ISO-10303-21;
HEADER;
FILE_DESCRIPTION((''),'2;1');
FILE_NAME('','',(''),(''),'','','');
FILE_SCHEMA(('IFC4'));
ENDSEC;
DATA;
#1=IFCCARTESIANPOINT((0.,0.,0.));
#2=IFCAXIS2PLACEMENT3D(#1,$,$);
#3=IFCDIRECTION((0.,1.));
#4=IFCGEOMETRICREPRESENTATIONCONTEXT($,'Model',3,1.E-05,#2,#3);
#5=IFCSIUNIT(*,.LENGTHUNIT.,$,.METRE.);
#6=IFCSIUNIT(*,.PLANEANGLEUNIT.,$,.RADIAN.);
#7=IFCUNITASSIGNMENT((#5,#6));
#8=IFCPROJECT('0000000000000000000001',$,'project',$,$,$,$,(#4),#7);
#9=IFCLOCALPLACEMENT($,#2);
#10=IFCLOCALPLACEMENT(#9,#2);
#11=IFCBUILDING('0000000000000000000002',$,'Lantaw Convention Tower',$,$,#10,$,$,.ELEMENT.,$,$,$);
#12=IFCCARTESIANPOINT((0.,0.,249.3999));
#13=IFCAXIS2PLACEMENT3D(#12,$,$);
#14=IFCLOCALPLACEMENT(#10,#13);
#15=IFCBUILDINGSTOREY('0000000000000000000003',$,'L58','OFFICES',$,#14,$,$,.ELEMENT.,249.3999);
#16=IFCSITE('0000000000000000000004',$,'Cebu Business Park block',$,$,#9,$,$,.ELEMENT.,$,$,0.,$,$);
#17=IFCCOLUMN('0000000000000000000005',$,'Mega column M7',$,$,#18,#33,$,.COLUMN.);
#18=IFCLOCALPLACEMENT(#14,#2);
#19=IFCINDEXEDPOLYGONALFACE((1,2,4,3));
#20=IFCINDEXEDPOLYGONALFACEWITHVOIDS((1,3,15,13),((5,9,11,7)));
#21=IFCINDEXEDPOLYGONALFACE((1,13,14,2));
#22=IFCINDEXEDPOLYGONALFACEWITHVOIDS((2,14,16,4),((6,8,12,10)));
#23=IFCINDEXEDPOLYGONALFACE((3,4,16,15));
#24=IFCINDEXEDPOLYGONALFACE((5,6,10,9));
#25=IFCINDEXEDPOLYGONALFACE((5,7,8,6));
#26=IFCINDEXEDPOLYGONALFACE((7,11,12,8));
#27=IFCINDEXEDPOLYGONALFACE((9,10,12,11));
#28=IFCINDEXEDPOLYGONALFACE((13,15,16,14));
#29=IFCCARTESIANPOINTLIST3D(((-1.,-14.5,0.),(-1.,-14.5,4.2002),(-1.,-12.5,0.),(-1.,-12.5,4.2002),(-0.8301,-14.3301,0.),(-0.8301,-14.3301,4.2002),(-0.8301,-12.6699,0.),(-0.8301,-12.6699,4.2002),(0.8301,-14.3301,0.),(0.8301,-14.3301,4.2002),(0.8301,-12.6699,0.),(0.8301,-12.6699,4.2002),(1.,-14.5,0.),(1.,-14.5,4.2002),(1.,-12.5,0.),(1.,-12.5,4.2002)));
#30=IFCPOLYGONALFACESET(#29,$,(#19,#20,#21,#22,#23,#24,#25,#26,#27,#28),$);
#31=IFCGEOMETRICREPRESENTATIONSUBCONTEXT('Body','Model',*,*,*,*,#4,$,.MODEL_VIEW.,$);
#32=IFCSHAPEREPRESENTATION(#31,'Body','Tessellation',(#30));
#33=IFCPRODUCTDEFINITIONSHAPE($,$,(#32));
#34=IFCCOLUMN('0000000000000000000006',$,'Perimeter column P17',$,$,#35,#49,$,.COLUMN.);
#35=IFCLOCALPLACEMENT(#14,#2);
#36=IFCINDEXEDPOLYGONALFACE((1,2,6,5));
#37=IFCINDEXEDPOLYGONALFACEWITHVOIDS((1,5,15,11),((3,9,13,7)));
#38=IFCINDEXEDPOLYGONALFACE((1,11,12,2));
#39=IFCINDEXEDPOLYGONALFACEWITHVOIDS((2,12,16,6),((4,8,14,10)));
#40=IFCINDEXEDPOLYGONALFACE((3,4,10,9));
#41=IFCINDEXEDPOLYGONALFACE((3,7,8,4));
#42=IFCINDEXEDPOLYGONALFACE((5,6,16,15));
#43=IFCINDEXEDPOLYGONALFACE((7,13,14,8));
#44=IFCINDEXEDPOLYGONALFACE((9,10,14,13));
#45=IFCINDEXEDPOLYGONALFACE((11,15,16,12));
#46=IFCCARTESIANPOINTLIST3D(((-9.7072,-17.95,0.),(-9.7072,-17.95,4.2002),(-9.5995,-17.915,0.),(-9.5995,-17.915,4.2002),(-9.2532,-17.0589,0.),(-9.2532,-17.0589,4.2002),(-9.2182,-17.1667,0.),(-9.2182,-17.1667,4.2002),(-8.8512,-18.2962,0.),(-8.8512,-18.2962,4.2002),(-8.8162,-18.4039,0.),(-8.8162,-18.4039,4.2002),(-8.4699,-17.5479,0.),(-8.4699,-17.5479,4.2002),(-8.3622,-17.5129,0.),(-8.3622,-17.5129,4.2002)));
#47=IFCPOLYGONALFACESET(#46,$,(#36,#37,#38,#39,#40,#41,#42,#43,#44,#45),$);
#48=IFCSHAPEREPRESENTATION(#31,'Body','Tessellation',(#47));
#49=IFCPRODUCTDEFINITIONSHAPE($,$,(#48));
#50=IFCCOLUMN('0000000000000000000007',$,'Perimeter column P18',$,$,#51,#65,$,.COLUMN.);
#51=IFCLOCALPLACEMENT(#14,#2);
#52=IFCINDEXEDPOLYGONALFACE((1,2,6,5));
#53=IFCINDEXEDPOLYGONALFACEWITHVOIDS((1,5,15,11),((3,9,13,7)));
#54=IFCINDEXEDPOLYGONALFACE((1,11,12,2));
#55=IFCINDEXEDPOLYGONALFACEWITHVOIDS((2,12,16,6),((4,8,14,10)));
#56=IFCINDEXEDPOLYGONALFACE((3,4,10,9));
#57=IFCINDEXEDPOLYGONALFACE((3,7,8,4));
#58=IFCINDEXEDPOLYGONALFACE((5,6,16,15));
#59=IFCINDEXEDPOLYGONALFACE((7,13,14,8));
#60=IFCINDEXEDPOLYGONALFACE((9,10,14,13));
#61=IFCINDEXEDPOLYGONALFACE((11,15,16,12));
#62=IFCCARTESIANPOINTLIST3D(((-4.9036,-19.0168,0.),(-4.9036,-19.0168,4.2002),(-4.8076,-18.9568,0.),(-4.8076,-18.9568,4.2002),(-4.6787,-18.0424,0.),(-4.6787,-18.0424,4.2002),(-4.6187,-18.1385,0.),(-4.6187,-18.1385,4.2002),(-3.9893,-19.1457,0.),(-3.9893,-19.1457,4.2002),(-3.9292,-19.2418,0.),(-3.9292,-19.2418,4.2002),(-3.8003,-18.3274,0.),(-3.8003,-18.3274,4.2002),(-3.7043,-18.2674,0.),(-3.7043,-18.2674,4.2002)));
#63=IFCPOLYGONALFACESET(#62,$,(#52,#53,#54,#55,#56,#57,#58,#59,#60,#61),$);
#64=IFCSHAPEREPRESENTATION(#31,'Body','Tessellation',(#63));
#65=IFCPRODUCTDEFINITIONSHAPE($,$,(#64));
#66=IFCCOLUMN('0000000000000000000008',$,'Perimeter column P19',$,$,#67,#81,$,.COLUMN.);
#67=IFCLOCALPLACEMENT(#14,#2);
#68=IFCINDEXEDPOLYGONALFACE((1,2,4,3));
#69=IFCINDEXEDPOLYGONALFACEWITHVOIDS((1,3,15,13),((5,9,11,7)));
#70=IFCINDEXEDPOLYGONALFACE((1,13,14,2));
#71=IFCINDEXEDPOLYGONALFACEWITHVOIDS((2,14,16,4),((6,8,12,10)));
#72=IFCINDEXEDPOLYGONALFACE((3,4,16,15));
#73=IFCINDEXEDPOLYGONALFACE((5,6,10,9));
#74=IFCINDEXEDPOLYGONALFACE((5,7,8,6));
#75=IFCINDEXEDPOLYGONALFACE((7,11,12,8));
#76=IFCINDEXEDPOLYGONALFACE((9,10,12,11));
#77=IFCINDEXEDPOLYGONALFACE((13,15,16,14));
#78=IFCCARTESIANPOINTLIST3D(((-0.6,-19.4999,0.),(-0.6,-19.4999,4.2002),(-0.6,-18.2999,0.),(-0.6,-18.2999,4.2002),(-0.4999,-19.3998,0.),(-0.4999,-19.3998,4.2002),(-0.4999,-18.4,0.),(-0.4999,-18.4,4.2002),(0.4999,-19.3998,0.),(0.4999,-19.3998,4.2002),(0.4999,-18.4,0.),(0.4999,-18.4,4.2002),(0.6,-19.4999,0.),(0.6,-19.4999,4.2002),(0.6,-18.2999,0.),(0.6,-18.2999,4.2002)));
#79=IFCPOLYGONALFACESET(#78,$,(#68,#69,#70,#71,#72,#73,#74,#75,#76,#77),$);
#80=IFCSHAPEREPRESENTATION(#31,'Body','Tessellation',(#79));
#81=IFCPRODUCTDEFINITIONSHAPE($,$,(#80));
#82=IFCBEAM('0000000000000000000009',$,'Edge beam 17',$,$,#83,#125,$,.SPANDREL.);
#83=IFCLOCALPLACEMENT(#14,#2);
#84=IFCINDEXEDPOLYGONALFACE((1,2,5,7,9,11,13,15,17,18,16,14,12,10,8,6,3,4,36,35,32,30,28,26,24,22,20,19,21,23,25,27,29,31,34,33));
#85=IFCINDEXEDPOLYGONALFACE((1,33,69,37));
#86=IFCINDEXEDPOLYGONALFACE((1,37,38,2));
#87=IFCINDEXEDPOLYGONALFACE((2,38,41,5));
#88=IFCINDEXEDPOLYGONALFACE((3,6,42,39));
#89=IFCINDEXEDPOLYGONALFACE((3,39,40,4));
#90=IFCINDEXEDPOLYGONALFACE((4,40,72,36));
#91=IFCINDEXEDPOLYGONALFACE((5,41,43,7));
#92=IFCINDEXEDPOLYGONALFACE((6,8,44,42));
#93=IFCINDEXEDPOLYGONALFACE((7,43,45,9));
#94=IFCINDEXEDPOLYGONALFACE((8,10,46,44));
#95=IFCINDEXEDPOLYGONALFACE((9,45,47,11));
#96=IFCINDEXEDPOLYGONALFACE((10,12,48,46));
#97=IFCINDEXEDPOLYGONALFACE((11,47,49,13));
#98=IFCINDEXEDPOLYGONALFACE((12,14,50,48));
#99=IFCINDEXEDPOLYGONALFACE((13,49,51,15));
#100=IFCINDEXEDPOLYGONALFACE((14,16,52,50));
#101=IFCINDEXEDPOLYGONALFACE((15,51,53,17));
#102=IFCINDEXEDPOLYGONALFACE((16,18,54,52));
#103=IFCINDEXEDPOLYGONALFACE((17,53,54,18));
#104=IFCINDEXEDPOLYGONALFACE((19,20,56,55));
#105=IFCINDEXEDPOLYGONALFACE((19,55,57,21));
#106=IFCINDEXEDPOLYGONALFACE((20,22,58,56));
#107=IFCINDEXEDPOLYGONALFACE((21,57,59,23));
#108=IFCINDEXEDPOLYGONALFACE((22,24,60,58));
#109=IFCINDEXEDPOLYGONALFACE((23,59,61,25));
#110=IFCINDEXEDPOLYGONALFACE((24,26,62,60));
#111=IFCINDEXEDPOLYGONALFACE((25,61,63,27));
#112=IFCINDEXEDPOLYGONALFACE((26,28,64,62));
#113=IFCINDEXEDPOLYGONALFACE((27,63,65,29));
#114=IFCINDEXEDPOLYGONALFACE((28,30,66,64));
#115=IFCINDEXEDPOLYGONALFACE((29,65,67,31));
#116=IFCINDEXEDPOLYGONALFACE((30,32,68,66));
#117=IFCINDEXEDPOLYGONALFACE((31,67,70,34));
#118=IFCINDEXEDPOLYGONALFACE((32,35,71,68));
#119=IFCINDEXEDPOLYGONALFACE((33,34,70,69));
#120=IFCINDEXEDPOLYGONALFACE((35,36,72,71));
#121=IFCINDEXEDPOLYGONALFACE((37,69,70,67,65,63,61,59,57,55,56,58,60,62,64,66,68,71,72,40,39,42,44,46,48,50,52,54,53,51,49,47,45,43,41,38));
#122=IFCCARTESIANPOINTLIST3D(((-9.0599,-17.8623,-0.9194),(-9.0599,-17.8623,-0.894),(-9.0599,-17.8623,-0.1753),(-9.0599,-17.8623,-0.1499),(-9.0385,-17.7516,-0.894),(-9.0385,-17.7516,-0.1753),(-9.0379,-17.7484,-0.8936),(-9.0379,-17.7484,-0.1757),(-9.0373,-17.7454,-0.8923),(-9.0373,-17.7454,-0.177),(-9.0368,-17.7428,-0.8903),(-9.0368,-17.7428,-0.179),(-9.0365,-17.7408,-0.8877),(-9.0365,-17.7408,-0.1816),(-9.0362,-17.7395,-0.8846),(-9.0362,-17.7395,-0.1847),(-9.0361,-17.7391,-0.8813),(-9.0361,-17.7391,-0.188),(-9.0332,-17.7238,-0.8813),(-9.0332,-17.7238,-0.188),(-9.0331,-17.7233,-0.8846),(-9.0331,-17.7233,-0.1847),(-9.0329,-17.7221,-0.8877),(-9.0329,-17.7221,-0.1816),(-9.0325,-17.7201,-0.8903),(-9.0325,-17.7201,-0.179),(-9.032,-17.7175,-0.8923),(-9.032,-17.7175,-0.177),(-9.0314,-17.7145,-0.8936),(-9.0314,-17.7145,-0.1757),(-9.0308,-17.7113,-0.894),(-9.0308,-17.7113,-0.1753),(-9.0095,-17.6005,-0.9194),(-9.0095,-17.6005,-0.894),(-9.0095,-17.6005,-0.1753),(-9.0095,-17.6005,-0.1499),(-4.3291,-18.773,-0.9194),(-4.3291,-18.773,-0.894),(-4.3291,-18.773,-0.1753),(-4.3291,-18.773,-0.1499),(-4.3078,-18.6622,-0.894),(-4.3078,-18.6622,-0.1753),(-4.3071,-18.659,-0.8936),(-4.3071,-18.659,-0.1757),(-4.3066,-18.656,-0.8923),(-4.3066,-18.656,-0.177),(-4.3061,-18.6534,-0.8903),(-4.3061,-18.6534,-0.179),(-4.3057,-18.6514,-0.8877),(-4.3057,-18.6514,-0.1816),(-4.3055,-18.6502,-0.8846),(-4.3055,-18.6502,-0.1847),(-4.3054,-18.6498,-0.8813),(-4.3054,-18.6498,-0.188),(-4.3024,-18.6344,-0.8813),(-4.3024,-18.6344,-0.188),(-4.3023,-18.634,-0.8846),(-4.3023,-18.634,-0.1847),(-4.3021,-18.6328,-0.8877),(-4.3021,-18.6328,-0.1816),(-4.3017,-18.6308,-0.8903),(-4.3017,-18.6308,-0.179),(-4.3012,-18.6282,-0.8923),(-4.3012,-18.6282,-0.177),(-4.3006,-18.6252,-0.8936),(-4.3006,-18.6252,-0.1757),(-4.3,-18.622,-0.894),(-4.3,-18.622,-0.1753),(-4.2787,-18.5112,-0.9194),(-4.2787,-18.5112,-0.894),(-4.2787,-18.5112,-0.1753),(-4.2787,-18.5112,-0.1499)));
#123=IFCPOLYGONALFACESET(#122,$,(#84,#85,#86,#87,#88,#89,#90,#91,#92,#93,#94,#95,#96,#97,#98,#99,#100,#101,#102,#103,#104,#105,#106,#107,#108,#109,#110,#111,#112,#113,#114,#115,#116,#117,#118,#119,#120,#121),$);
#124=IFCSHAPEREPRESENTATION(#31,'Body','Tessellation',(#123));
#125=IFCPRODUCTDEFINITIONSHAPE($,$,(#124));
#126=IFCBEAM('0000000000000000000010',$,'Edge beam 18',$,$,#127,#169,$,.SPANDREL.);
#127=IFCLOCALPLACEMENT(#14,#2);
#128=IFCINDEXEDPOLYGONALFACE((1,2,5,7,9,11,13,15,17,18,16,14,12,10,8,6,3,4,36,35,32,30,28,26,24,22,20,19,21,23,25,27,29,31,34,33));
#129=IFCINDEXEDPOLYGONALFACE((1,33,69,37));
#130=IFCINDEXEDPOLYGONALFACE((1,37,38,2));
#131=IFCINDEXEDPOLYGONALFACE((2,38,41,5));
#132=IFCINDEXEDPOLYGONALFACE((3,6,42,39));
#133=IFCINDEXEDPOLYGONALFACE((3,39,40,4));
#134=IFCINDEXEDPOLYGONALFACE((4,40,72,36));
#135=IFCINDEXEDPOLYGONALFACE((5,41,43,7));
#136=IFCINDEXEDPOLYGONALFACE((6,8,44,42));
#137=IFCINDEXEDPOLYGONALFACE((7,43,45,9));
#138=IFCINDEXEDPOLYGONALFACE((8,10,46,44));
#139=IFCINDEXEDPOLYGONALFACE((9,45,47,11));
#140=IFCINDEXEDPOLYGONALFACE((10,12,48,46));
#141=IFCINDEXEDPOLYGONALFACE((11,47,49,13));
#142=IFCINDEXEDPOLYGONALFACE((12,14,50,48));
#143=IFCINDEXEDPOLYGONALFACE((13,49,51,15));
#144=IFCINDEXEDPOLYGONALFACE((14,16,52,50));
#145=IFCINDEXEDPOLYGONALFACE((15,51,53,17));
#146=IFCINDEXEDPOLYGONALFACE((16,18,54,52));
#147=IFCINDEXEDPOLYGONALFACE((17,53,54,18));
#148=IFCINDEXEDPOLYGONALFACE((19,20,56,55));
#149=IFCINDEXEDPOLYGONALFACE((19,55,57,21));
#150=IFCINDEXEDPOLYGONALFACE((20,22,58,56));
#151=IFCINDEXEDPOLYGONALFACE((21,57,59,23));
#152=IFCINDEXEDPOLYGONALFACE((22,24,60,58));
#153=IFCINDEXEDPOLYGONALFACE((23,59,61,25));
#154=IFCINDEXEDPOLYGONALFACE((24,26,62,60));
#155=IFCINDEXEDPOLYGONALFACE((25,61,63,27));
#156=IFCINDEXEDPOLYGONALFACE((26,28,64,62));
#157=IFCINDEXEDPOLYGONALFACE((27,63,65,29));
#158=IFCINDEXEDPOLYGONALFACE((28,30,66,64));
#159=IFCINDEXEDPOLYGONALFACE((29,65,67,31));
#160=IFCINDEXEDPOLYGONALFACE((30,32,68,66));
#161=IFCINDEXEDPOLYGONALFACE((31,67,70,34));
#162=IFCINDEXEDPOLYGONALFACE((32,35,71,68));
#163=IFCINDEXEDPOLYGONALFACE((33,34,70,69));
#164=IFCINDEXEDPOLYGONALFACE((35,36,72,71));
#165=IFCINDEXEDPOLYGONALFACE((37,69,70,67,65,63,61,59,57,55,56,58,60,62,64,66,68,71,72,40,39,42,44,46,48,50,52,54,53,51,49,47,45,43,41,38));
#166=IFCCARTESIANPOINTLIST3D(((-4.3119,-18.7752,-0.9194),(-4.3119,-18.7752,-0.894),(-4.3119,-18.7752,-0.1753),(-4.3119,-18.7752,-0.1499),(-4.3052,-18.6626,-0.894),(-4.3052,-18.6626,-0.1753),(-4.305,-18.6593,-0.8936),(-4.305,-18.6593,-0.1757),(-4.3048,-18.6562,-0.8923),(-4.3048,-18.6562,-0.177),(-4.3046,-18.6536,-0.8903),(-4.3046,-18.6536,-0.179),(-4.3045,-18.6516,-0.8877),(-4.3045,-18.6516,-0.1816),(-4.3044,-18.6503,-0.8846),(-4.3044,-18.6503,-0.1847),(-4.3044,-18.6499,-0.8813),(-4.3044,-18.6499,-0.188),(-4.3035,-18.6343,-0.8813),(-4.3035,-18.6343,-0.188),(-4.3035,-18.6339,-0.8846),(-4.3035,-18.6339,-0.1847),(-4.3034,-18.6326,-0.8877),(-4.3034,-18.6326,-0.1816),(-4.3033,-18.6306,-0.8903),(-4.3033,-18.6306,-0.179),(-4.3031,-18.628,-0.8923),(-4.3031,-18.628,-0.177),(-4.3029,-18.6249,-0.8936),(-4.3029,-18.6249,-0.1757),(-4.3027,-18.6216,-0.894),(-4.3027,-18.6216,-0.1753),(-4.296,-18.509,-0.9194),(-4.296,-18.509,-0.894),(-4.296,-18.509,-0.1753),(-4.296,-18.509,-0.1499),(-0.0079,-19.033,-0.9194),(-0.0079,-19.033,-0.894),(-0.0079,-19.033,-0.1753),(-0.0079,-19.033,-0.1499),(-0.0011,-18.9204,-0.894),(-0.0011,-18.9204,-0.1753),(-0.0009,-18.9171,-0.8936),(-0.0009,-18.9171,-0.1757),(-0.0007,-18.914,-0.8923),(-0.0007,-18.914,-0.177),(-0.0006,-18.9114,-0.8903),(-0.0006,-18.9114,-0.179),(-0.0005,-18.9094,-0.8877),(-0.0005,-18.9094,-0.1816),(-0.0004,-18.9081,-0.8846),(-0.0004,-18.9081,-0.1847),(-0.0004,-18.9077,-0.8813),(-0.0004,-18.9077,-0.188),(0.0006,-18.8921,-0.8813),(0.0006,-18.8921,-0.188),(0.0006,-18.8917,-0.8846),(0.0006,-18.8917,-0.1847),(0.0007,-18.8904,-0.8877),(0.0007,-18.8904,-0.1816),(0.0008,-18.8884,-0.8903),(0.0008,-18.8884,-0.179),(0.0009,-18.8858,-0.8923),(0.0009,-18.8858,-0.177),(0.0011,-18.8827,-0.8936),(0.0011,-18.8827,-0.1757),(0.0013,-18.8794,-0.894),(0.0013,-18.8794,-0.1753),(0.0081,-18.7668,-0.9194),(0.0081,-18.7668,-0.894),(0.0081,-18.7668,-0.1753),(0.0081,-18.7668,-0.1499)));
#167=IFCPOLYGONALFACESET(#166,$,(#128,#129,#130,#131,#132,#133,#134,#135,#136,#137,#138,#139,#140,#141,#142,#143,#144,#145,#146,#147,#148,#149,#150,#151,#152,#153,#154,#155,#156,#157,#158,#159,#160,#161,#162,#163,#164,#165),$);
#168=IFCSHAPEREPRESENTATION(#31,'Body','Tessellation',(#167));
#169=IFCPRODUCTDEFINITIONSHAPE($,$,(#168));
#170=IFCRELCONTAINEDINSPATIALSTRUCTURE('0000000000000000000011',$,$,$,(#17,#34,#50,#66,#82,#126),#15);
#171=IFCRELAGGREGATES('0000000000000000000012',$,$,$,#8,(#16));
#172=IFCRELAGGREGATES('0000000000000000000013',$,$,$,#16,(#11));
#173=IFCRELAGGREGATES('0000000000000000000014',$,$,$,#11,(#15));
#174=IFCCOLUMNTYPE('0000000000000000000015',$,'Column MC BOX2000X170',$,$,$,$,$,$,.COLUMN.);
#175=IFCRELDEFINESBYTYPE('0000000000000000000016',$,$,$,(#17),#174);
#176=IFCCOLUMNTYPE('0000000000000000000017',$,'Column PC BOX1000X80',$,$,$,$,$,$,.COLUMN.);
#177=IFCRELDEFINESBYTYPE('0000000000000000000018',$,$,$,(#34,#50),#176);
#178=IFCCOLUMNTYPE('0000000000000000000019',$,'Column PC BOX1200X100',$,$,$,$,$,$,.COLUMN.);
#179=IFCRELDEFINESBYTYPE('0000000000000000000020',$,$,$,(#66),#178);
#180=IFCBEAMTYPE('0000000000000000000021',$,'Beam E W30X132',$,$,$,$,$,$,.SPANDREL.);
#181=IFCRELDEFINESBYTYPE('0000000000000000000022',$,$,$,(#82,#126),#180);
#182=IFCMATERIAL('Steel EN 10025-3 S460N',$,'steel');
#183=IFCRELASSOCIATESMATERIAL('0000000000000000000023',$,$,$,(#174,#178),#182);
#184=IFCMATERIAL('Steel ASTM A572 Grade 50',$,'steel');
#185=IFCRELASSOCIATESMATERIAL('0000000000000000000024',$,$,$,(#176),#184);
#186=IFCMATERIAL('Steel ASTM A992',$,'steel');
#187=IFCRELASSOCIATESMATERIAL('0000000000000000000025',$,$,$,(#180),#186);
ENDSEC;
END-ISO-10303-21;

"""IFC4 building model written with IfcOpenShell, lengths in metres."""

from ifc_helpers import new_model, si_unit, direction, frame, origin, origin_2d, place, context, subcontext, project, spatial, rectangle, hollow_rectangle, i_section, extrude, material, material_profile, profile_set, type_object, element, save


model = new_model("IFC4")

# Units and contexts
model_context = context("Model", 3, precision=1e-05, world=origin(), true_north=direction((0.0, 1.0)))
body_context = subcontext(model_context, "Body", "Model", "MODEL_VIEW")
ifc_project = project(units=[si_unit("LENGTHUNIT", "METRE"), si_unit("PLANEANGLEUNIT", "RADIAN")], contexts=[model_context])

# Site, building, storey
site_placement = place(None, origin())
site = spatial("IfcSite", under=ifc_project, at=site_placement, Name="Cebu Business Park block", CompositionType="ELEMENT", RefElevation=0.0)
building_placement = place(site_placement, origin())
building = spatial("IfcBuilding", under=site, at=building_placement, Name="Lantaw Convention Tower", CompositionType="ELEMENT")
storey_placement = place(building_placement, frame((0.0, 0.0, 249.3999)))
storey = spatial("IfcBuildingStorey", under=building, at=storey_placement, Name="L58", Description="OFFICES", CompositionType="ELEMENT", Elevation=249.3999)

# Columns
ifc_material_1 = material(Name="Steel EN 10025-3 S460N", Category="steel")
ifc_material_profile_1 = material_profile(ifc_material_1, hollow_rectangle(XDim=2.0, YDim=2.0, WallThickness=0.1699, at=origin_2d()), Name="BOX2000X170")
ifc_material_2 = material(Name="Concrete C60/75", Category="concrete")
ifc_material_profile_2 = material_profile(ifc_material_2, rectangle(XDim=1.6599, YDim=1.6599, at=origin_2d()), Name="Concrete fill of BOX2000X170")
ifc_profile_set_1 = profile_set([ifc_material_profile_1, ifc_material_profile_2], Name="Steel EN 10025-3 S460N")
column_type_1 = type_object("IfcColumnType", Name="Column MC BOX2000X170", PredefinedType="COLUMN", material=ifc_profile_set_1)
column_1_placement = place(storey_placement, frame((0.0, -13.5, 0.0), z_axis=(0.0, 0.0, 1.0), x_axis=(1.0, 0.0, 0.0)))
element("IfcColumn", 1, at=column_1_placement, inside=storey, type_object=column_type_1, Name="Mega column M7", PredefinedType="COLUMN", context=body_context, shape_type="SweptSolid", body=[
    extrude(hollow_rectangle(XDim=2.0, YDim=2.0, WallThickness=0.1699, at=origin_2d()), origin(), (0.0, 0.0, 1.0), 4.2002),
])
ifc_material_3 = material(Name="Steel ASTM A572 Grade 50", Category="steel")
ifc_material_profile_3 = material_profile(ifc_material_3, hollow_rectangle(XDim=1.0, YDim=1.0, WallThickness=0.0801, at=origin_2d()), Name="BOX1000X80")
ifc_material_profile_4 = material_profile(ifc_material_2, rectangle(XDim=0.8401, YDim=0.8401, at=origin_2d()), Name="Concrete fill of BOX1000X80")
ifc_profile_set_2 = profile_set([ifc_material_profile_3, ifc_material_profile_4], Name="Steel ASTM A572 Grade 50")
column_type_2 = type_object("IfcColumnType", Name="Column PC BOX1000X80", PredefinedType="COLUMN", material=ifc_profile_set_2)
for number, where, z_axis, x_axis, name in (
    (2, (-9.0347, -17.7314, 0.0), (0.0, 0.0, 1.0), (0.45399, 0.891007, 0.0), "Perimeter column P17"),
    (3, (-4.304, -18.6421, 0.0), (0.0, 0.0, 1.0), (0.224951, 0.97437, 0.0), "Perimeter column P18"),
):
    element("IfcColumn", number, at=place(storey_placement, frame(where, z_axis=z_axis, x_axis=x_axis)), inside=storey, type_object=column_type_2, Name=name, PredefinedType="COLUMN", context=body_context, shape_type="SweptSolid", body=[
        extrude(hollow_rectangle(XDim=1.0, YDim=1.0, WallThickness=0.0801, at=origin_2d()), origin(), (0.0, 0.0, 1.0), 4.2002),
    ])
ifc_material_profile_5 = material_profile(ifc_material_1, hollow_rectangle(XDim=1.2, YDim=1.2, WallThickness=0.1001, at=origin_2d()), Name="BOX1200X100")
ifc_material_profile_6 = material_profile(ifc_material_2, rectangle(XDim=1.0, YDim=1.0, at=origin_2d()), Name="Concrete fill of BOX1200X100")
ifc_profile_set_3 = profile_set([ifc_material_profile_5, ifc_material_profile_6], Name="Steel EN 10025-3 S460N")
column_type_3 = type_object("IfcColumnType", Name="Column PC BOX1200X100", PredefinedType="COLUMN", material=ifc_profile_set_3)
column_2_placement = place(storey_placement, frame((0.0, -18.8999, 0.0), z_axis=(0.0, 0.0, 1.0), x_axis=(1.0, 0.0, 0.0)))
element("IfcColumn", 4, at=column_2_placement, inside=storey, type_object=column_type_3, Name="Perimeter column P19", PredefinedType="COLUMN", context=body_context, shape_type="SweptSolid", body=[
    extrude(hollow_rectangle(XDim=1.2, YDim=1.2, WallThickness=0.1001, at=origin_2d()), origin(), (0.0, 0.0, 1.0), 4.2002),
])

# Beams
ifc_material_4 = material(Name="Steel ASTM A992", Category="steel")
ifc_material_profile_7 = material_profile(ifc_material_4, i_section(OverallWidth=0.2666, OverallDepth=0.7695, WebThickness=0.0156, FlangeThickness=0.0254, FilletRadius=0.0127, at=origin_2d()), Name="W30X132")
ifc_profile_set_4 = profile_set([ifc_material_profile_7], Name="Steel ASTM A992")
beam_type_1 = type_object("IfcBeamType", Name="Beam E W30X132", PredefinedType="SPANDREL", material=ifc_profile_set_4)
beam_1_placement = place(storey_placement, frame((-9.0347, -17.7314, -0.5347), z_axis=(0.981972, -0.189026, 0.0), x_axis=(0.189026, 0.981972, 0.0)))
element("IfcBeam", 5, at=beam_1_placement, inside=storey, type_object=beam_type_1, Name="Edge beam 17", PredefinedType="SPANDREL", context=body_context, shape_type="SweptSolid", body=[
    extrude(i_section(OverallWidth=0.2666, OverallDepth=0.7695, WebThickness=0.0156, FlangeThickness=0.0254, FilletRadius=0.0127, at=origin_2d()), origin(), (0.0, 0.0, 1.0), 4.8176),
])
for number, where, z_axis, x_axis, name in (
    (6, (-4.304, -18.6421, -0.5347), (0.998211, -0.059794, 0.0), (0.059794, 0.998211, 0.0), "Edge beam 18"),
):
    element("IfcBeam", number, at=place(storey_placement, frame(where, z_axis=z_axis, x_axis=x_axis)), inside=storey, type_object=beam_type_1, Name=name, PredefinedType="SPANDREL", context=body_context, shape_type="SweptSolid", body=[
        extrude(i_section(OverallWidth=0.2666, OverallDepth=0.7695, WebThickness=0.0156, FlangeThickness=0.0254, FilletRadius=0.0127, at=origin_2d()), origin(), (0.0, 0.0, 1.0), 4.3118),
    ])

save(model, "model.ifc")
